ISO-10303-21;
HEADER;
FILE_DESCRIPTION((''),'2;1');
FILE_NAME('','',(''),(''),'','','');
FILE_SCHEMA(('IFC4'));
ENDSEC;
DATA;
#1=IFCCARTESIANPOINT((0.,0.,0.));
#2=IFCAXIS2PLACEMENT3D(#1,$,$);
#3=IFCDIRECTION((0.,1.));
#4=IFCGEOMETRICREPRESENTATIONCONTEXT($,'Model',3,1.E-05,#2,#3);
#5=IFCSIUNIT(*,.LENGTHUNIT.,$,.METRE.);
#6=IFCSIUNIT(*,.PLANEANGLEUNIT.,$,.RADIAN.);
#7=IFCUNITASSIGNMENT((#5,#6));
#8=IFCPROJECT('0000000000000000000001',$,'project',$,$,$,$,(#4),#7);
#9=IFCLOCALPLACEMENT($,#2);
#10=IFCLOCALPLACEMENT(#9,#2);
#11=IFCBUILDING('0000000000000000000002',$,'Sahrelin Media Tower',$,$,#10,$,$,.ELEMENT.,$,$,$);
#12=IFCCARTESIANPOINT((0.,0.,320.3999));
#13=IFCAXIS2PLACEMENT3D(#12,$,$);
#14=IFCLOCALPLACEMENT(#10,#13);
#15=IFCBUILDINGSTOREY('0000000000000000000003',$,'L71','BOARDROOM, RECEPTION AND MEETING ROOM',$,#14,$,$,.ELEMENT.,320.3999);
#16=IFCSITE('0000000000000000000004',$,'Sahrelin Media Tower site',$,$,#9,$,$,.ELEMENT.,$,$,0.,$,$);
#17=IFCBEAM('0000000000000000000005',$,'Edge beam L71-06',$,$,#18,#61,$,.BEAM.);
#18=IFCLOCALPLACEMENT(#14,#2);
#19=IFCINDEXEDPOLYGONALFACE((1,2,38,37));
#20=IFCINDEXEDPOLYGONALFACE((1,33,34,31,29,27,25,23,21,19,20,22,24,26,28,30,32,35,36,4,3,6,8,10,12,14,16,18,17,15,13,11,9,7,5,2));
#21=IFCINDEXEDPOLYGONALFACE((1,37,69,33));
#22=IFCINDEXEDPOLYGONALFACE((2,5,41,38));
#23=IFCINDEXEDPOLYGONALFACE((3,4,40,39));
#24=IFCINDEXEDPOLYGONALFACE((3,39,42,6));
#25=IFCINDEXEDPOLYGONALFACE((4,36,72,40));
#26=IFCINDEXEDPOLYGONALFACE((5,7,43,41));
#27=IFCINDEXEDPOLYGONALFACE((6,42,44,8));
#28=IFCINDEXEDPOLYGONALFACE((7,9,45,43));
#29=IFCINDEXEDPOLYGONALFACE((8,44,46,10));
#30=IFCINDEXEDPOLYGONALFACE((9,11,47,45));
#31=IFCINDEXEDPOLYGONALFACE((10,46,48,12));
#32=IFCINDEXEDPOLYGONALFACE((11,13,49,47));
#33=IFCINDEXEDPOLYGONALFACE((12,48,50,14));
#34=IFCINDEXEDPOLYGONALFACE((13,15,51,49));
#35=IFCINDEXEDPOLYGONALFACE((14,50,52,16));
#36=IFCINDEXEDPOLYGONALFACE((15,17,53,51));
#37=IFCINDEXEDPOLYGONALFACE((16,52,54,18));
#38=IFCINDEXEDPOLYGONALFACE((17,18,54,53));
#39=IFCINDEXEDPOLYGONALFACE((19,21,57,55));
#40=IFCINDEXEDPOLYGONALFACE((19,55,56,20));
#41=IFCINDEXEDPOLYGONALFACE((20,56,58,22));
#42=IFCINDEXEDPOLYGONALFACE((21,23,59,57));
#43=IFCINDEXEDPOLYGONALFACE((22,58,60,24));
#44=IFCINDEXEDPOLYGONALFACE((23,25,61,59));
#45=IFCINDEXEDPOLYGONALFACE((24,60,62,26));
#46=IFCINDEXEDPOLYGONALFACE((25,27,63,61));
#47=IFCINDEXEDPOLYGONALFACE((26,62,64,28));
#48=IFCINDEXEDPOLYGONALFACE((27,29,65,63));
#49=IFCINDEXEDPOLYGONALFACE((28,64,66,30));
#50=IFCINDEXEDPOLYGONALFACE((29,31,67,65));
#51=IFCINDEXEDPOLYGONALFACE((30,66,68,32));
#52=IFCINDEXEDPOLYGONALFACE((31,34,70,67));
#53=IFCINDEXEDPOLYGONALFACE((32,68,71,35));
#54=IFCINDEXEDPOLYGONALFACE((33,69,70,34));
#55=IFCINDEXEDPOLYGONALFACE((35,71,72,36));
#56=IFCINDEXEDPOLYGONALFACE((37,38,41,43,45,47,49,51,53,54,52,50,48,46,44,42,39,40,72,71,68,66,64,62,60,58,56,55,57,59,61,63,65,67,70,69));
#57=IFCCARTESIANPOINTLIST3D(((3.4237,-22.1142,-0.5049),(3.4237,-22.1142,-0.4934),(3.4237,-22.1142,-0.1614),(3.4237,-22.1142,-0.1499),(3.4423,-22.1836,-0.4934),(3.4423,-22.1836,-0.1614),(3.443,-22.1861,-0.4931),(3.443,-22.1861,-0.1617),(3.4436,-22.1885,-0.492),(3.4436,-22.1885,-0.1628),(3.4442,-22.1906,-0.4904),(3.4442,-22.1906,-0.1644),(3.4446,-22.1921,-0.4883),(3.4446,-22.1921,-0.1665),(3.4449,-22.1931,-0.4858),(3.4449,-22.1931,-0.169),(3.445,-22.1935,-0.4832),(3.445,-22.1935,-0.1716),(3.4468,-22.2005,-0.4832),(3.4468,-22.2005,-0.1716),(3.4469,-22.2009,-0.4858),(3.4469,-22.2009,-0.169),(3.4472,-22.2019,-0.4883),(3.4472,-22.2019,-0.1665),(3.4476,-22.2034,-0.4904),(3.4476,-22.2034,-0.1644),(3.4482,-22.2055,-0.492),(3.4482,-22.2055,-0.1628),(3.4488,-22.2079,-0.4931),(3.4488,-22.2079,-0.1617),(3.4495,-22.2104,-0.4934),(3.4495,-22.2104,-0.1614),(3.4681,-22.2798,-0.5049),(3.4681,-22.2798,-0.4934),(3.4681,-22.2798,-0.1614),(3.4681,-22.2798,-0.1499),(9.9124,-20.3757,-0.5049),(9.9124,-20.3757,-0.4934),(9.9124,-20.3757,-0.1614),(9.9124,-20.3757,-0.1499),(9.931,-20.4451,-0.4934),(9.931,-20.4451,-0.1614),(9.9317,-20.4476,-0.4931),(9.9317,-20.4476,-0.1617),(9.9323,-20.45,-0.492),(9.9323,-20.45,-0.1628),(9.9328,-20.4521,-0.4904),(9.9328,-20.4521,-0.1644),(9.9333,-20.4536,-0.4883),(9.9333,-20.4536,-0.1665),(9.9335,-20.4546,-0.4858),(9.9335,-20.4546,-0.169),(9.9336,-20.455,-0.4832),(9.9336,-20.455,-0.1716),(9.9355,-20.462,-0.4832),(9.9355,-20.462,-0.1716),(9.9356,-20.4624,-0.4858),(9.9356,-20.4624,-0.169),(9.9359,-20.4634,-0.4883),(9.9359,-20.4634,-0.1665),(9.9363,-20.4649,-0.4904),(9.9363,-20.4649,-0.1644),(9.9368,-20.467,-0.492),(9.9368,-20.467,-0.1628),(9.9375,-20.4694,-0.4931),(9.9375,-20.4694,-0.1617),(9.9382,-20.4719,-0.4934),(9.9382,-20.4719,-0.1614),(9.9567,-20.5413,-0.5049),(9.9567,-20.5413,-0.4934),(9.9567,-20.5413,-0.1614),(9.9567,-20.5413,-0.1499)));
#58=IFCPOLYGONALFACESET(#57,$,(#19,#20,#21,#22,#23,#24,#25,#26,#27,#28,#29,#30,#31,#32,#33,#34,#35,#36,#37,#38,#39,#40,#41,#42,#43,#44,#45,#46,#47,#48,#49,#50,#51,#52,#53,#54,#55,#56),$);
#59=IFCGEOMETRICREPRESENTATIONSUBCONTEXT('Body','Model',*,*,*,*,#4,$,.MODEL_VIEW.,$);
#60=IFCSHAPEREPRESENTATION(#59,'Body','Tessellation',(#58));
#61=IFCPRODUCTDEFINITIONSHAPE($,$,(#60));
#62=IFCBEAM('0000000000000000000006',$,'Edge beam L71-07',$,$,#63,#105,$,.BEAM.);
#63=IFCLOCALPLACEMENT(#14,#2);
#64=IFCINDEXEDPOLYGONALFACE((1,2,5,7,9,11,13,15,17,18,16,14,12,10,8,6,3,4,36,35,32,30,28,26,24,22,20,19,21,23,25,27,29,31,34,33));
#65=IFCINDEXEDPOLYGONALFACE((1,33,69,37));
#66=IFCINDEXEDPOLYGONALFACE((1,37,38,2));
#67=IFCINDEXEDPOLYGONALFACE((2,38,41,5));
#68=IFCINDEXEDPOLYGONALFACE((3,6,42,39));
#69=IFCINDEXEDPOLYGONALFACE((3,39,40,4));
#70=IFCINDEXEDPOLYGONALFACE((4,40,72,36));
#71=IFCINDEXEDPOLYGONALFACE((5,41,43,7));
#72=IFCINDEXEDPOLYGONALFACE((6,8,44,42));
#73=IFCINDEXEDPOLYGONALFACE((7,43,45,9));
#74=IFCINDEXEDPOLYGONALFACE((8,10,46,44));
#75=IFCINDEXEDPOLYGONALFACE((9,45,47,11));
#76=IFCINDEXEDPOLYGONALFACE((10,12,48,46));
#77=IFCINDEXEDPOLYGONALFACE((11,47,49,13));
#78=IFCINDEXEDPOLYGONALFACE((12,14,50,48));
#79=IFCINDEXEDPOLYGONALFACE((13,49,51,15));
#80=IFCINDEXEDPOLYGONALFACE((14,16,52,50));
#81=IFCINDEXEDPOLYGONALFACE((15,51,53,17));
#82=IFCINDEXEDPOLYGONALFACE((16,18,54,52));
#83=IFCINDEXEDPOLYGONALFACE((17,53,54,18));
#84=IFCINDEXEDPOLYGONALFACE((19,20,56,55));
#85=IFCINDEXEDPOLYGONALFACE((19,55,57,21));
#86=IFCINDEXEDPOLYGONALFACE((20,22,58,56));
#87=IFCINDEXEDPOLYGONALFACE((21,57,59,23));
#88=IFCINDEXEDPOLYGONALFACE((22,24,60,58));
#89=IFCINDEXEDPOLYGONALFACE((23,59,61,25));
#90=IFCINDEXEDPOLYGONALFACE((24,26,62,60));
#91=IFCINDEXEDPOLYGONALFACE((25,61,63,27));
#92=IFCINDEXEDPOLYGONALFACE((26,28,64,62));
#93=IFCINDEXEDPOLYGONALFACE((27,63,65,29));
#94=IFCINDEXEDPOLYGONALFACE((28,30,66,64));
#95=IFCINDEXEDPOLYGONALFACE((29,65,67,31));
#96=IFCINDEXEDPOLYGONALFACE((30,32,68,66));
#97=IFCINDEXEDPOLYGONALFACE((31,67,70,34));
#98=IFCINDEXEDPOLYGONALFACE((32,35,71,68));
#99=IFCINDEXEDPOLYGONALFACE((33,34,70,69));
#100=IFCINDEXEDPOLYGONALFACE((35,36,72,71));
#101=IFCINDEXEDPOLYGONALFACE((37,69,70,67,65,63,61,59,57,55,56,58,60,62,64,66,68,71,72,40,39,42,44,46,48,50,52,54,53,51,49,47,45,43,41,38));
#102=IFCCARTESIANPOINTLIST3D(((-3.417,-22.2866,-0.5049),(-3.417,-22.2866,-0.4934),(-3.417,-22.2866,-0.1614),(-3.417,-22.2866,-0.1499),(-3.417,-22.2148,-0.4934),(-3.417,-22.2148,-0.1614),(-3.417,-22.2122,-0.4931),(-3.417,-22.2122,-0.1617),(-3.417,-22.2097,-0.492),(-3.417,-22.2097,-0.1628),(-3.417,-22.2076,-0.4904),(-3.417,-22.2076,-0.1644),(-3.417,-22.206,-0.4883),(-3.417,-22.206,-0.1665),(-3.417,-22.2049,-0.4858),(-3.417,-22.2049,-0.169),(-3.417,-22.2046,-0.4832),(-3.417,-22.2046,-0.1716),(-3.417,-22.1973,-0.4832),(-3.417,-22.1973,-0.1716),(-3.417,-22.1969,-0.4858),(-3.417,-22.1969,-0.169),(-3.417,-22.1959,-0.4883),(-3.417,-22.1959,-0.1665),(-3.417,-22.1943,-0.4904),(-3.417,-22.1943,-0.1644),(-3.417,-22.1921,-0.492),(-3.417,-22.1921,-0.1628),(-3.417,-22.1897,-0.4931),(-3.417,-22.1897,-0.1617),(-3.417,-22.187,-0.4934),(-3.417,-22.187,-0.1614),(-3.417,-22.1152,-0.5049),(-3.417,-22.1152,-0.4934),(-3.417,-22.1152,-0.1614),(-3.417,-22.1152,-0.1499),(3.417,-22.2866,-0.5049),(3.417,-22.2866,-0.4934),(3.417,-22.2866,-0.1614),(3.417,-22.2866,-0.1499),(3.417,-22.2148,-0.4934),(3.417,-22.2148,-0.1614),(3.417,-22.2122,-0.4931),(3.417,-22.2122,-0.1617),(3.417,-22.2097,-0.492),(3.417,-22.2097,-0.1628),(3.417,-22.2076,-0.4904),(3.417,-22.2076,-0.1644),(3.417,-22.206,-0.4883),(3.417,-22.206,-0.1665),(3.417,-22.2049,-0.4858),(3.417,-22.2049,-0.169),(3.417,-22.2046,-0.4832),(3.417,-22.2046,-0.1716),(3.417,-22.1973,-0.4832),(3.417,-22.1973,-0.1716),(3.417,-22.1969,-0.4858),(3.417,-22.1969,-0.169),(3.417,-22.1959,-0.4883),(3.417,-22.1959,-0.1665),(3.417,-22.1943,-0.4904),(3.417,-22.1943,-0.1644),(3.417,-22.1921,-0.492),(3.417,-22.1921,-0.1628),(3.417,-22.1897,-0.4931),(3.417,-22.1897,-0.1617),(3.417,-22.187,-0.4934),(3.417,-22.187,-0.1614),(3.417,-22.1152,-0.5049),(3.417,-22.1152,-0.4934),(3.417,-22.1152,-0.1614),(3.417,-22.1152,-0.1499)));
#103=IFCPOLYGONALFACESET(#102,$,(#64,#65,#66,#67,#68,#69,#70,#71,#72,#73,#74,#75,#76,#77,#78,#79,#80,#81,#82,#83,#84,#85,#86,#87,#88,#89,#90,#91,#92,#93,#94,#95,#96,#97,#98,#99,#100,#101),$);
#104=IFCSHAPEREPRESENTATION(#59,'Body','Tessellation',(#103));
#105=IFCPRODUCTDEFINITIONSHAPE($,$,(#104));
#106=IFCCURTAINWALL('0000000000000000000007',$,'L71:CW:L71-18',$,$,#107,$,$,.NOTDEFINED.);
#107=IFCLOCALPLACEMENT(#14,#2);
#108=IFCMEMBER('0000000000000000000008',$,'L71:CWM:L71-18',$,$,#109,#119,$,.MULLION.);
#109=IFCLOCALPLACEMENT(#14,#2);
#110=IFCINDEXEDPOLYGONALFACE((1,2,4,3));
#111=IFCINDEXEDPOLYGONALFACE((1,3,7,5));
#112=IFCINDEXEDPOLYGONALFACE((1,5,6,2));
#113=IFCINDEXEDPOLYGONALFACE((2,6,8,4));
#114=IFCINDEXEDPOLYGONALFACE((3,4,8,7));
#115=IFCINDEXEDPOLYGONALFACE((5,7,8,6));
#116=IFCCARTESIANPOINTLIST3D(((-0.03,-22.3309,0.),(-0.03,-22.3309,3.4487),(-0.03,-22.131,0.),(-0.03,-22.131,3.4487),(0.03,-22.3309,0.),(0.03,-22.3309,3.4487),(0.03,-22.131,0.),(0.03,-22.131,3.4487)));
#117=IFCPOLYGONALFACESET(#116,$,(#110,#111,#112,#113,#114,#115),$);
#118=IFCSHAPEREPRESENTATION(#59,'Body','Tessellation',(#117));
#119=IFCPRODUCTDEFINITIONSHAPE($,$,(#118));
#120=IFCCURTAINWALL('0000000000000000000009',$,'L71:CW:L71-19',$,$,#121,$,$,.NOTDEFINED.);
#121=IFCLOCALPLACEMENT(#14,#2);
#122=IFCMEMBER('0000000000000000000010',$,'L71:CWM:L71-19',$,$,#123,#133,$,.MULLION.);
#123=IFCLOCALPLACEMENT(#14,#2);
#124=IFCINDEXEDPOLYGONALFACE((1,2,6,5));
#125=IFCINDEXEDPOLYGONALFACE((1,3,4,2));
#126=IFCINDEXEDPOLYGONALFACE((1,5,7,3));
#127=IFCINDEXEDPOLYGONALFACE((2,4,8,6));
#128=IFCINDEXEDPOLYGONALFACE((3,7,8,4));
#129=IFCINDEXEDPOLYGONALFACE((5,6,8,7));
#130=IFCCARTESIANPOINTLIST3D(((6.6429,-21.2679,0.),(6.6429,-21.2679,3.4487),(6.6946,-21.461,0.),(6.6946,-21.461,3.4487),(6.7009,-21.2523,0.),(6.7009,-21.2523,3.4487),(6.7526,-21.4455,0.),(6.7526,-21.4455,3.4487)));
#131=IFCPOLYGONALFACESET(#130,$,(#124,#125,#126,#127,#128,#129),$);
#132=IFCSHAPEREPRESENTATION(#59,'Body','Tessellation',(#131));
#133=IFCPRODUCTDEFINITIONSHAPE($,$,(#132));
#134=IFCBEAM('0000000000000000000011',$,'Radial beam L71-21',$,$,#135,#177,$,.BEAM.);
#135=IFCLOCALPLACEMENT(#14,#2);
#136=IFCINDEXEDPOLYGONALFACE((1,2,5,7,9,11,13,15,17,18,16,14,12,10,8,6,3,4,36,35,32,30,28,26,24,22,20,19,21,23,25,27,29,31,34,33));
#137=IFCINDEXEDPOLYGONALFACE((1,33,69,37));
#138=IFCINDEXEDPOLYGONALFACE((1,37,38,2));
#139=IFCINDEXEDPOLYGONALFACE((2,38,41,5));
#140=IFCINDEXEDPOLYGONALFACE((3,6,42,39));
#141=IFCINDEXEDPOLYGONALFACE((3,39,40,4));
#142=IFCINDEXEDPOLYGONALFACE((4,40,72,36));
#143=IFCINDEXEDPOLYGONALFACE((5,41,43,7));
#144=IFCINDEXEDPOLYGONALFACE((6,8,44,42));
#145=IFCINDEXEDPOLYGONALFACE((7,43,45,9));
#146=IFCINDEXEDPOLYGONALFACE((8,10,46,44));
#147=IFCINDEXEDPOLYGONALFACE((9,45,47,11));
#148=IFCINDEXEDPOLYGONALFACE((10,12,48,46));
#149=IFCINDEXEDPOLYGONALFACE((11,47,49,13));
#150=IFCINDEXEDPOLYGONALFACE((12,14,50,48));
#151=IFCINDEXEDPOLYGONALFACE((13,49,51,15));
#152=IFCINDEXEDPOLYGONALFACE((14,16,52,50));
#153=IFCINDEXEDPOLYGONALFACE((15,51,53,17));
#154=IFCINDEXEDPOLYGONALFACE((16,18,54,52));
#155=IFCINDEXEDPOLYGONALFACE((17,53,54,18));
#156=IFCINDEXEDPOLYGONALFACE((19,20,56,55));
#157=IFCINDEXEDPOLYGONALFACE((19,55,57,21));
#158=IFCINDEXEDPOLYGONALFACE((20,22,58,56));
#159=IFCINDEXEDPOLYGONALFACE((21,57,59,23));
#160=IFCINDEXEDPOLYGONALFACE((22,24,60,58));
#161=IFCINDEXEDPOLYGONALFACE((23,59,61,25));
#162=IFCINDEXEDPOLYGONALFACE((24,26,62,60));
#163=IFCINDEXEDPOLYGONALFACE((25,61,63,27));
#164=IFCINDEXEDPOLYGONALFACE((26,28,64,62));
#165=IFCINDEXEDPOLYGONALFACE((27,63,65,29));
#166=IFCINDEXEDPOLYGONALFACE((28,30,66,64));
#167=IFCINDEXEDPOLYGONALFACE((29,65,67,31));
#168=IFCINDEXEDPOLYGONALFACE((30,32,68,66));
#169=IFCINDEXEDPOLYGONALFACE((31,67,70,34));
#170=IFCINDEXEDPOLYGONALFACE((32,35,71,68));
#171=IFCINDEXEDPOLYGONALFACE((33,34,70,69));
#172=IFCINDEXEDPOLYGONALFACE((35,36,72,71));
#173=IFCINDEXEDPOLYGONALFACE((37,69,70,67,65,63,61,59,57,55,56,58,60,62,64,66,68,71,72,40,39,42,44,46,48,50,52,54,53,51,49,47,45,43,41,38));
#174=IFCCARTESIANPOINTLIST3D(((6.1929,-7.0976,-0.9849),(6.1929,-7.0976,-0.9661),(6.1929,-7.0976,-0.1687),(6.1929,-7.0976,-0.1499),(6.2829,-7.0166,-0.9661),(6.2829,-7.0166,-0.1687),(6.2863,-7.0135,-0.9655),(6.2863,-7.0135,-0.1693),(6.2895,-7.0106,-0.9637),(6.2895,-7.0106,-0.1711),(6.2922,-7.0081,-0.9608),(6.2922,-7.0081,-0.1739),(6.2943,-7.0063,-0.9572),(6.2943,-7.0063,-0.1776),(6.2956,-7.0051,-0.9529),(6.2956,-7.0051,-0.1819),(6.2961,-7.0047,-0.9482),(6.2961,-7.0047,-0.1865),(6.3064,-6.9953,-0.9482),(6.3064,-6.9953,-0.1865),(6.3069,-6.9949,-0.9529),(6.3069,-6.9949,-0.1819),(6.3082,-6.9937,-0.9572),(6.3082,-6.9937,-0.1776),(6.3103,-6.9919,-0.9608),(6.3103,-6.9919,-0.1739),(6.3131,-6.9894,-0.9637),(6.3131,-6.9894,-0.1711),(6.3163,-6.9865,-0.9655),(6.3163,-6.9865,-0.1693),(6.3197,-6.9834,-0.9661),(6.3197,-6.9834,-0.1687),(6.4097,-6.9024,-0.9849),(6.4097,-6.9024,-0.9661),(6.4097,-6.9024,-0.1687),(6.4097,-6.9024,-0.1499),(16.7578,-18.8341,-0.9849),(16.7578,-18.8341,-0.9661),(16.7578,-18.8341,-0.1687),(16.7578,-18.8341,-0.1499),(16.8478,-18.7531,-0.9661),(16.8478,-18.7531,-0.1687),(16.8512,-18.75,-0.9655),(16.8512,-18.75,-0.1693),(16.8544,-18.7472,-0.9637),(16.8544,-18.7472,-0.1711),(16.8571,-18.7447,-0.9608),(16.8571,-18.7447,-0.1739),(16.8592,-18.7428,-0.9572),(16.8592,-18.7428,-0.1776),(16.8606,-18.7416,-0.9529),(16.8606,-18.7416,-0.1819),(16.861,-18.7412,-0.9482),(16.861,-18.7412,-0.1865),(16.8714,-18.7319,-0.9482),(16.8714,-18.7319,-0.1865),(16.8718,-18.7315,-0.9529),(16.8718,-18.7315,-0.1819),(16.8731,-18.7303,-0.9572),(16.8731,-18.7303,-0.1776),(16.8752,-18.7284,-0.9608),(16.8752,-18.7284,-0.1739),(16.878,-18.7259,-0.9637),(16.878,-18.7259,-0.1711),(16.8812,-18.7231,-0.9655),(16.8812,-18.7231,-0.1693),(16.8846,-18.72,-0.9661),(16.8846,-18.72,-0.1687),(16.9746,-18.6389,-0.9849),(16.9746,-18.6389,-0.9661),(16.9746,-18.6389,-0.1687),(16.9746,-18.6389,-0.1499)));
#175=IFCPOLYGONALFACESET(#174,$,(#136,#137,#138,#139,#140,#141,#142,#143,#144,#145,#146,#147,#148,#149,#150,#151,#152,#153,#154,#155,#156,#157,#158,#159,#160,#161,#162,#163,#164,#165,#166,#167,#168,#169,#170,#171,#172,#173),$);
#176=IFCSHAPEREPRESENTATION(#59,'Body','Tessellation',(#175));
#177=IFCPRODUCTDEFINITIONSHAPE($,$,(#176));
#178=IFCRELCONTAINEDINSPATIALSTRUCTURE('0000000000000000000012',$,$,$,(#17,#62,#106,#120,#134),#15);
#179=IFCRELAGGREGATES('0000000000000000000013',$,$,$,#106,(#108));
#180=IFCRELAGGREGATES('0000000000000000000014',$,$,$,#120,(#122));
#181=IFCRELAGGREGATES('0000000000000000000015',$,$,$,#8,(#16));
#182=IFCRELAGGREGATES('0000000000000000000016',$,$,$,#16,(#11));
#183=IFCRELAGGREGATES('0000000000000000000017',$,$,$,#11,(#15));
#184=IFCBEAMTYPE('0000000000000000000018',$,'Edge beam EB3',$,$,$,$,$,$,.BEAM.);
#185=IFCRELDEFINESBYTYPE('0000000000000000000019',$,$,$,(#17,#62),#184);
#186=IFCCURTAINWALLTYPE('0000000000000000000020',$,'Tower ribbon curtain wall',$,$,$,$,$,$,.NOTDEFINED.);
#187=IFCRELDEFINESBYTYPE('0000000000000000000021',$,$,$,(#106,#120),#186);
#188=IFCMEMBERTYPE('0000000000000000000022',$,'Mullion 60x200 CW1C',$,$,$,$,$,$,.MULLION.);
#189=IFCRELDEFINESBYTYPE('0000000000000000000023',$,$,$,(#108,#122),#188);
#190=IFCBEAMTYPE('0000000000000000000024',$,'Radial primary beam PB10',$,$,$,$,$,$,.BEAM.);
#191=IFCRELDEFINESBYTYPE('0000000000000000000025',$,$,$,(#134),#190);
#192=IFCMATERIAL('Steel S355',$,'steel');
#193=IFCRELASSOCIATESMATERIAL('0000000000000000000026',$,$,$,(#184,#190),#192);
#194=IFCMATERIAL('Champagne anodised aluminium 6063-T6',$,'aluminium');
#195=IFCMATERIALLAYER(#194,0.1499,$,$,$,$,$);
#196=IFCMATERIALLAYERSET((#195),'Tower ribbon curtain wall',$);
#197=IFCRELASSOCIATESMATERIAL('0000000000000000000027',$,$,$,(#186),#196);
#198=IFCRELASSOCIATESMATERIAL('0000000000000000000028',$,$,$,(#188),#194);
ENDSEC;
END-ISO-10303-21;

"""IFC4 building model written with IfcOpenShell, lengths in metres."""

from ifc_helpers import new_model, si_unit, direction, frame, origin, origin_2d, place, context, subcontext, project, spatial, rectangle, i_section, extrude, material, layer, layer_set, material_profile, profile_set, type_object, element, aggregate, save


model = new_model("IFC4")

# Units and contexts
model_context = context("Model", 3, precision=1e-05, world=origin(), true_north=direction((0.0, 1.0)))
body_context = subcontext(model_context, "Body", "Model", "MODEL_VIEW")
ifc_project = project(units=[si_unit("LENGTHUNIT", "METRE"), si_unit("PLANEANGLEUNIT", "RADIAN")], contexts=[model_context])

# Site, building, storey
site_placement = place(None, origin())
site = spatial("IfcSite", under=ifc_project, at=site_placement, Name="Sahrelin Media Tower site", CompositionType="ELEMENT", RefElevation=0.0)
building_placement = place(site_placement, origin())
building = spatial("IfcBuilding", under=site, at=building_placement, Name="Sahrelin Media Tower", CompositionType="ELEMENT")
storey_placement = place(building_placement, frame((0.0, 0.0, 320.3999)))
storey = spatial("IfcBuildingStorey", under=building, at=storey_placement, Name="L71", Description="BOARDROOM, RECEPTION AND MEETING ROOM", CompositionType="ELEMENT", Elevation=320.3999)

# Beams
ifc_material_1 = material(Name="Steel S355", Category="steel")
ifc_material_profile_1 = material_profile(ifc_material_1, i_section(OverallWidth=0.1714, OverallDepth=0.355, WebThickness=0.0073, FlangeThickness=0.0115, FilletRadius=0.0103, at=origin_2d()), Name="UB 356x171x51")
ifc_profile_set_1 = profile_set([ifc_material_profile_1], Name="Steel S355")
beam_type_1 = type_object("IfcBeamType", Name="Edge beam EB3", PredefinedType="BEAM", material=ifc_profile_set_1)
beam_1_placement = place(storey_placement, frame((9.9346, -20.4585, -0.3274), z_axis=(-0.965931, -0.2588, 0.0), x_axis=(0.2588, -0.965931, 0.0)))
element("IfcBeam", 1, at=beam_1_placement, inside=storey, type_object=beam_type_1, Name="Edge beam L71-06", PredefinedType="BEAM", context=body_context, shape_type="SweptSolid", body=[
    extrude(i_section(OverallWidth=0.1714, OverallDepth=0.355, WebThickness=0.0073, FlangeThickness=0.0115, FilletRadius=0.0103, at=origin_2d()), origin(), (0.0, 0.0, 1.0), 6.7175),
])
beam_2_placement = place(storey_placement, frame((3.417, -22.2009, -0.3274), z_axis=(-1.0, 0.0, 0.0), x_axis=(0.0, -1.0, 0.0)))
element("IfcBeam", 2, at=beam_2_placement, inside=storey, type_object=beam_type_1, Name="Edge beam L71-07", PredefinedType="BEAM", context=body_context, shape_type="SweptSolid", body=[
    extrude(i_section(OverallWidth=0.1714, OverallDepth=0.355, WebThickness=0.0073, FlangeThickness=0.0115, FilletRadius=0.0103, at=origin_2d()), origin(), (0.0, 0.0, 1.0), 6.834),
])

# Curtain walls, members
ifc_material_2 = material(Name="Champagne anodised aluminium 6063-T6", Category="aluminium")
ifc_layer_1 = layer(ifc_material_2, 0.1499)
ifc_layer_set_1 = layer_set([ifc_layer_1], Name="Tower ribbon curtain wall")
curtain_wall_type = type_object("IfcCurtainWallType", Name="Tower ribbon curtain wall", PredefinedType="NOTDEFINED", material=ifc_layer_set_1)
curtain_wall_1_placement = place(storey_placement, frame((0.0, -22.3508, 0.0), z_axis=(0.0, 0.0, 1.0), x_axis=(1.0, 0.0, 0.0)))
curtain_wall_1 = element("IfcCurtainWall", 3, at=curtain_wall_1_placement, inside=storey, type_object=curtain_wall_type, Name="L71:CW:L71-18", PredefinedType="NOTDEFINED")
ifc_material_profile_2 = material_profile(ifc_material_2, rectangle(XDim=0.0601, YDim=0.2, at=origin_2d()), Name="Mullion 60x200")
ifc_profile_set_2 = profile_set([ifc_material_profile_2], Name="Champagne anodised aluminium 6063-T6")
member_type_1 = type_object("IfcMemberType", Name="Mullion 60x200 CW1C", PredefinedType="MULLION", material=ifc_profile_set_2)
member_1_placement = place(storey_placement, frame((0.0, -22.231, 0.0), z_axis=(0.0, 0.0, 1.0), x_axis=(1.0, 0.0, 0.0)))
member_1 = element("IfcMember", 4, at=member_1_placement, type_object=member_type_1, Name="L71:CWM:L71-18", PredefinedType="MULLION", context=body_context, shape_type="SweptSolid", body=[
    extrude(rectangle(XDim=0.0601, YDim=0.2, at=origin_2d()), origin(), (0.0, 0.0, 1.0), 3.4487),
])
aggregate(curtain_wall_1, [member_1])
curtain_wall_2_placement = place(storey_placement, frame((6.729, -21.4727, 0.0), z_axis=(0.0, 0.0, 1.0), x_axis=(1.0, 0.0, 0.0)))
curtain_wall_2 = element("IfcCurtainWall", 5, at=curtain_wall_2_placement, inside=storey, type_object=curtain_wall_type, Name="L71:CW:L71-19", PredefinedType="NOTDEFINED")
member_2_placement = place(storey_placement, frame((6.6978, -21.3567, 0.0), z_axis=(0.0, 0.0, 1.0), x_axis=(0.965926, 0.258817, 0.0)))
member_2 = element("IfcMember", 6, at=member_2_placement, type_object=member_type_1, Name="L71:CWM:L71-19", PredefinedType="MULLION", context=body_context, shape_type="SweptSolid", body=[
    extrude(rectangle(XDim=0.0601, YDim=0.2, at=origin_2d()), origin(), (0.0, 0.0, 1.0), 3.4487),
])

# Beam
ifc_material_profile_3 = material_profile(ifc_material_1, i_section(OverallWidth=0.2917, OverallDepth=0.835, WebThickness=0.0139, FlangeThickness=0.0188, FilletRadius=0.0178, at=origin_2d()), Name="UB 838x292x176")
ifc_profile_set_3 = profile_set([ifc_material_profile_3], Name="Steel S355")
beam_type_2 = type_object("IfcBeamType", Name="Radial primary beam PB10", PredefinedType="BEAM", material=ifc_profile_set_3)
beam_3_placement = place(storey_placement, frame((6.3013, -7.0, -0.5674), z_axis=(0.669036, -0.74323, 0.0), x_axis=(0.74323, 0.669036, 0.0)))
element("IfcBeam", 7, at=beam_3_placement, inside=storey, type_object=beam_type_2, Name="Radial beam L71-21", PredefinedType="BEAM", context=body_context, shape_type="SweptSolid", body=[
    extrude(i_section(OverallWidth=0.2917, OverallDepth=0.835, WebThickness=0.0139, FlangeThickness=0.0188, FilletRadius=0.0178, at=origin_2d()), origin(), (0.0, 0.0, 1.0), 15.7913),
])

aggregate(curtain_wall_2, [member_2])

save(model, "model.ifc")
